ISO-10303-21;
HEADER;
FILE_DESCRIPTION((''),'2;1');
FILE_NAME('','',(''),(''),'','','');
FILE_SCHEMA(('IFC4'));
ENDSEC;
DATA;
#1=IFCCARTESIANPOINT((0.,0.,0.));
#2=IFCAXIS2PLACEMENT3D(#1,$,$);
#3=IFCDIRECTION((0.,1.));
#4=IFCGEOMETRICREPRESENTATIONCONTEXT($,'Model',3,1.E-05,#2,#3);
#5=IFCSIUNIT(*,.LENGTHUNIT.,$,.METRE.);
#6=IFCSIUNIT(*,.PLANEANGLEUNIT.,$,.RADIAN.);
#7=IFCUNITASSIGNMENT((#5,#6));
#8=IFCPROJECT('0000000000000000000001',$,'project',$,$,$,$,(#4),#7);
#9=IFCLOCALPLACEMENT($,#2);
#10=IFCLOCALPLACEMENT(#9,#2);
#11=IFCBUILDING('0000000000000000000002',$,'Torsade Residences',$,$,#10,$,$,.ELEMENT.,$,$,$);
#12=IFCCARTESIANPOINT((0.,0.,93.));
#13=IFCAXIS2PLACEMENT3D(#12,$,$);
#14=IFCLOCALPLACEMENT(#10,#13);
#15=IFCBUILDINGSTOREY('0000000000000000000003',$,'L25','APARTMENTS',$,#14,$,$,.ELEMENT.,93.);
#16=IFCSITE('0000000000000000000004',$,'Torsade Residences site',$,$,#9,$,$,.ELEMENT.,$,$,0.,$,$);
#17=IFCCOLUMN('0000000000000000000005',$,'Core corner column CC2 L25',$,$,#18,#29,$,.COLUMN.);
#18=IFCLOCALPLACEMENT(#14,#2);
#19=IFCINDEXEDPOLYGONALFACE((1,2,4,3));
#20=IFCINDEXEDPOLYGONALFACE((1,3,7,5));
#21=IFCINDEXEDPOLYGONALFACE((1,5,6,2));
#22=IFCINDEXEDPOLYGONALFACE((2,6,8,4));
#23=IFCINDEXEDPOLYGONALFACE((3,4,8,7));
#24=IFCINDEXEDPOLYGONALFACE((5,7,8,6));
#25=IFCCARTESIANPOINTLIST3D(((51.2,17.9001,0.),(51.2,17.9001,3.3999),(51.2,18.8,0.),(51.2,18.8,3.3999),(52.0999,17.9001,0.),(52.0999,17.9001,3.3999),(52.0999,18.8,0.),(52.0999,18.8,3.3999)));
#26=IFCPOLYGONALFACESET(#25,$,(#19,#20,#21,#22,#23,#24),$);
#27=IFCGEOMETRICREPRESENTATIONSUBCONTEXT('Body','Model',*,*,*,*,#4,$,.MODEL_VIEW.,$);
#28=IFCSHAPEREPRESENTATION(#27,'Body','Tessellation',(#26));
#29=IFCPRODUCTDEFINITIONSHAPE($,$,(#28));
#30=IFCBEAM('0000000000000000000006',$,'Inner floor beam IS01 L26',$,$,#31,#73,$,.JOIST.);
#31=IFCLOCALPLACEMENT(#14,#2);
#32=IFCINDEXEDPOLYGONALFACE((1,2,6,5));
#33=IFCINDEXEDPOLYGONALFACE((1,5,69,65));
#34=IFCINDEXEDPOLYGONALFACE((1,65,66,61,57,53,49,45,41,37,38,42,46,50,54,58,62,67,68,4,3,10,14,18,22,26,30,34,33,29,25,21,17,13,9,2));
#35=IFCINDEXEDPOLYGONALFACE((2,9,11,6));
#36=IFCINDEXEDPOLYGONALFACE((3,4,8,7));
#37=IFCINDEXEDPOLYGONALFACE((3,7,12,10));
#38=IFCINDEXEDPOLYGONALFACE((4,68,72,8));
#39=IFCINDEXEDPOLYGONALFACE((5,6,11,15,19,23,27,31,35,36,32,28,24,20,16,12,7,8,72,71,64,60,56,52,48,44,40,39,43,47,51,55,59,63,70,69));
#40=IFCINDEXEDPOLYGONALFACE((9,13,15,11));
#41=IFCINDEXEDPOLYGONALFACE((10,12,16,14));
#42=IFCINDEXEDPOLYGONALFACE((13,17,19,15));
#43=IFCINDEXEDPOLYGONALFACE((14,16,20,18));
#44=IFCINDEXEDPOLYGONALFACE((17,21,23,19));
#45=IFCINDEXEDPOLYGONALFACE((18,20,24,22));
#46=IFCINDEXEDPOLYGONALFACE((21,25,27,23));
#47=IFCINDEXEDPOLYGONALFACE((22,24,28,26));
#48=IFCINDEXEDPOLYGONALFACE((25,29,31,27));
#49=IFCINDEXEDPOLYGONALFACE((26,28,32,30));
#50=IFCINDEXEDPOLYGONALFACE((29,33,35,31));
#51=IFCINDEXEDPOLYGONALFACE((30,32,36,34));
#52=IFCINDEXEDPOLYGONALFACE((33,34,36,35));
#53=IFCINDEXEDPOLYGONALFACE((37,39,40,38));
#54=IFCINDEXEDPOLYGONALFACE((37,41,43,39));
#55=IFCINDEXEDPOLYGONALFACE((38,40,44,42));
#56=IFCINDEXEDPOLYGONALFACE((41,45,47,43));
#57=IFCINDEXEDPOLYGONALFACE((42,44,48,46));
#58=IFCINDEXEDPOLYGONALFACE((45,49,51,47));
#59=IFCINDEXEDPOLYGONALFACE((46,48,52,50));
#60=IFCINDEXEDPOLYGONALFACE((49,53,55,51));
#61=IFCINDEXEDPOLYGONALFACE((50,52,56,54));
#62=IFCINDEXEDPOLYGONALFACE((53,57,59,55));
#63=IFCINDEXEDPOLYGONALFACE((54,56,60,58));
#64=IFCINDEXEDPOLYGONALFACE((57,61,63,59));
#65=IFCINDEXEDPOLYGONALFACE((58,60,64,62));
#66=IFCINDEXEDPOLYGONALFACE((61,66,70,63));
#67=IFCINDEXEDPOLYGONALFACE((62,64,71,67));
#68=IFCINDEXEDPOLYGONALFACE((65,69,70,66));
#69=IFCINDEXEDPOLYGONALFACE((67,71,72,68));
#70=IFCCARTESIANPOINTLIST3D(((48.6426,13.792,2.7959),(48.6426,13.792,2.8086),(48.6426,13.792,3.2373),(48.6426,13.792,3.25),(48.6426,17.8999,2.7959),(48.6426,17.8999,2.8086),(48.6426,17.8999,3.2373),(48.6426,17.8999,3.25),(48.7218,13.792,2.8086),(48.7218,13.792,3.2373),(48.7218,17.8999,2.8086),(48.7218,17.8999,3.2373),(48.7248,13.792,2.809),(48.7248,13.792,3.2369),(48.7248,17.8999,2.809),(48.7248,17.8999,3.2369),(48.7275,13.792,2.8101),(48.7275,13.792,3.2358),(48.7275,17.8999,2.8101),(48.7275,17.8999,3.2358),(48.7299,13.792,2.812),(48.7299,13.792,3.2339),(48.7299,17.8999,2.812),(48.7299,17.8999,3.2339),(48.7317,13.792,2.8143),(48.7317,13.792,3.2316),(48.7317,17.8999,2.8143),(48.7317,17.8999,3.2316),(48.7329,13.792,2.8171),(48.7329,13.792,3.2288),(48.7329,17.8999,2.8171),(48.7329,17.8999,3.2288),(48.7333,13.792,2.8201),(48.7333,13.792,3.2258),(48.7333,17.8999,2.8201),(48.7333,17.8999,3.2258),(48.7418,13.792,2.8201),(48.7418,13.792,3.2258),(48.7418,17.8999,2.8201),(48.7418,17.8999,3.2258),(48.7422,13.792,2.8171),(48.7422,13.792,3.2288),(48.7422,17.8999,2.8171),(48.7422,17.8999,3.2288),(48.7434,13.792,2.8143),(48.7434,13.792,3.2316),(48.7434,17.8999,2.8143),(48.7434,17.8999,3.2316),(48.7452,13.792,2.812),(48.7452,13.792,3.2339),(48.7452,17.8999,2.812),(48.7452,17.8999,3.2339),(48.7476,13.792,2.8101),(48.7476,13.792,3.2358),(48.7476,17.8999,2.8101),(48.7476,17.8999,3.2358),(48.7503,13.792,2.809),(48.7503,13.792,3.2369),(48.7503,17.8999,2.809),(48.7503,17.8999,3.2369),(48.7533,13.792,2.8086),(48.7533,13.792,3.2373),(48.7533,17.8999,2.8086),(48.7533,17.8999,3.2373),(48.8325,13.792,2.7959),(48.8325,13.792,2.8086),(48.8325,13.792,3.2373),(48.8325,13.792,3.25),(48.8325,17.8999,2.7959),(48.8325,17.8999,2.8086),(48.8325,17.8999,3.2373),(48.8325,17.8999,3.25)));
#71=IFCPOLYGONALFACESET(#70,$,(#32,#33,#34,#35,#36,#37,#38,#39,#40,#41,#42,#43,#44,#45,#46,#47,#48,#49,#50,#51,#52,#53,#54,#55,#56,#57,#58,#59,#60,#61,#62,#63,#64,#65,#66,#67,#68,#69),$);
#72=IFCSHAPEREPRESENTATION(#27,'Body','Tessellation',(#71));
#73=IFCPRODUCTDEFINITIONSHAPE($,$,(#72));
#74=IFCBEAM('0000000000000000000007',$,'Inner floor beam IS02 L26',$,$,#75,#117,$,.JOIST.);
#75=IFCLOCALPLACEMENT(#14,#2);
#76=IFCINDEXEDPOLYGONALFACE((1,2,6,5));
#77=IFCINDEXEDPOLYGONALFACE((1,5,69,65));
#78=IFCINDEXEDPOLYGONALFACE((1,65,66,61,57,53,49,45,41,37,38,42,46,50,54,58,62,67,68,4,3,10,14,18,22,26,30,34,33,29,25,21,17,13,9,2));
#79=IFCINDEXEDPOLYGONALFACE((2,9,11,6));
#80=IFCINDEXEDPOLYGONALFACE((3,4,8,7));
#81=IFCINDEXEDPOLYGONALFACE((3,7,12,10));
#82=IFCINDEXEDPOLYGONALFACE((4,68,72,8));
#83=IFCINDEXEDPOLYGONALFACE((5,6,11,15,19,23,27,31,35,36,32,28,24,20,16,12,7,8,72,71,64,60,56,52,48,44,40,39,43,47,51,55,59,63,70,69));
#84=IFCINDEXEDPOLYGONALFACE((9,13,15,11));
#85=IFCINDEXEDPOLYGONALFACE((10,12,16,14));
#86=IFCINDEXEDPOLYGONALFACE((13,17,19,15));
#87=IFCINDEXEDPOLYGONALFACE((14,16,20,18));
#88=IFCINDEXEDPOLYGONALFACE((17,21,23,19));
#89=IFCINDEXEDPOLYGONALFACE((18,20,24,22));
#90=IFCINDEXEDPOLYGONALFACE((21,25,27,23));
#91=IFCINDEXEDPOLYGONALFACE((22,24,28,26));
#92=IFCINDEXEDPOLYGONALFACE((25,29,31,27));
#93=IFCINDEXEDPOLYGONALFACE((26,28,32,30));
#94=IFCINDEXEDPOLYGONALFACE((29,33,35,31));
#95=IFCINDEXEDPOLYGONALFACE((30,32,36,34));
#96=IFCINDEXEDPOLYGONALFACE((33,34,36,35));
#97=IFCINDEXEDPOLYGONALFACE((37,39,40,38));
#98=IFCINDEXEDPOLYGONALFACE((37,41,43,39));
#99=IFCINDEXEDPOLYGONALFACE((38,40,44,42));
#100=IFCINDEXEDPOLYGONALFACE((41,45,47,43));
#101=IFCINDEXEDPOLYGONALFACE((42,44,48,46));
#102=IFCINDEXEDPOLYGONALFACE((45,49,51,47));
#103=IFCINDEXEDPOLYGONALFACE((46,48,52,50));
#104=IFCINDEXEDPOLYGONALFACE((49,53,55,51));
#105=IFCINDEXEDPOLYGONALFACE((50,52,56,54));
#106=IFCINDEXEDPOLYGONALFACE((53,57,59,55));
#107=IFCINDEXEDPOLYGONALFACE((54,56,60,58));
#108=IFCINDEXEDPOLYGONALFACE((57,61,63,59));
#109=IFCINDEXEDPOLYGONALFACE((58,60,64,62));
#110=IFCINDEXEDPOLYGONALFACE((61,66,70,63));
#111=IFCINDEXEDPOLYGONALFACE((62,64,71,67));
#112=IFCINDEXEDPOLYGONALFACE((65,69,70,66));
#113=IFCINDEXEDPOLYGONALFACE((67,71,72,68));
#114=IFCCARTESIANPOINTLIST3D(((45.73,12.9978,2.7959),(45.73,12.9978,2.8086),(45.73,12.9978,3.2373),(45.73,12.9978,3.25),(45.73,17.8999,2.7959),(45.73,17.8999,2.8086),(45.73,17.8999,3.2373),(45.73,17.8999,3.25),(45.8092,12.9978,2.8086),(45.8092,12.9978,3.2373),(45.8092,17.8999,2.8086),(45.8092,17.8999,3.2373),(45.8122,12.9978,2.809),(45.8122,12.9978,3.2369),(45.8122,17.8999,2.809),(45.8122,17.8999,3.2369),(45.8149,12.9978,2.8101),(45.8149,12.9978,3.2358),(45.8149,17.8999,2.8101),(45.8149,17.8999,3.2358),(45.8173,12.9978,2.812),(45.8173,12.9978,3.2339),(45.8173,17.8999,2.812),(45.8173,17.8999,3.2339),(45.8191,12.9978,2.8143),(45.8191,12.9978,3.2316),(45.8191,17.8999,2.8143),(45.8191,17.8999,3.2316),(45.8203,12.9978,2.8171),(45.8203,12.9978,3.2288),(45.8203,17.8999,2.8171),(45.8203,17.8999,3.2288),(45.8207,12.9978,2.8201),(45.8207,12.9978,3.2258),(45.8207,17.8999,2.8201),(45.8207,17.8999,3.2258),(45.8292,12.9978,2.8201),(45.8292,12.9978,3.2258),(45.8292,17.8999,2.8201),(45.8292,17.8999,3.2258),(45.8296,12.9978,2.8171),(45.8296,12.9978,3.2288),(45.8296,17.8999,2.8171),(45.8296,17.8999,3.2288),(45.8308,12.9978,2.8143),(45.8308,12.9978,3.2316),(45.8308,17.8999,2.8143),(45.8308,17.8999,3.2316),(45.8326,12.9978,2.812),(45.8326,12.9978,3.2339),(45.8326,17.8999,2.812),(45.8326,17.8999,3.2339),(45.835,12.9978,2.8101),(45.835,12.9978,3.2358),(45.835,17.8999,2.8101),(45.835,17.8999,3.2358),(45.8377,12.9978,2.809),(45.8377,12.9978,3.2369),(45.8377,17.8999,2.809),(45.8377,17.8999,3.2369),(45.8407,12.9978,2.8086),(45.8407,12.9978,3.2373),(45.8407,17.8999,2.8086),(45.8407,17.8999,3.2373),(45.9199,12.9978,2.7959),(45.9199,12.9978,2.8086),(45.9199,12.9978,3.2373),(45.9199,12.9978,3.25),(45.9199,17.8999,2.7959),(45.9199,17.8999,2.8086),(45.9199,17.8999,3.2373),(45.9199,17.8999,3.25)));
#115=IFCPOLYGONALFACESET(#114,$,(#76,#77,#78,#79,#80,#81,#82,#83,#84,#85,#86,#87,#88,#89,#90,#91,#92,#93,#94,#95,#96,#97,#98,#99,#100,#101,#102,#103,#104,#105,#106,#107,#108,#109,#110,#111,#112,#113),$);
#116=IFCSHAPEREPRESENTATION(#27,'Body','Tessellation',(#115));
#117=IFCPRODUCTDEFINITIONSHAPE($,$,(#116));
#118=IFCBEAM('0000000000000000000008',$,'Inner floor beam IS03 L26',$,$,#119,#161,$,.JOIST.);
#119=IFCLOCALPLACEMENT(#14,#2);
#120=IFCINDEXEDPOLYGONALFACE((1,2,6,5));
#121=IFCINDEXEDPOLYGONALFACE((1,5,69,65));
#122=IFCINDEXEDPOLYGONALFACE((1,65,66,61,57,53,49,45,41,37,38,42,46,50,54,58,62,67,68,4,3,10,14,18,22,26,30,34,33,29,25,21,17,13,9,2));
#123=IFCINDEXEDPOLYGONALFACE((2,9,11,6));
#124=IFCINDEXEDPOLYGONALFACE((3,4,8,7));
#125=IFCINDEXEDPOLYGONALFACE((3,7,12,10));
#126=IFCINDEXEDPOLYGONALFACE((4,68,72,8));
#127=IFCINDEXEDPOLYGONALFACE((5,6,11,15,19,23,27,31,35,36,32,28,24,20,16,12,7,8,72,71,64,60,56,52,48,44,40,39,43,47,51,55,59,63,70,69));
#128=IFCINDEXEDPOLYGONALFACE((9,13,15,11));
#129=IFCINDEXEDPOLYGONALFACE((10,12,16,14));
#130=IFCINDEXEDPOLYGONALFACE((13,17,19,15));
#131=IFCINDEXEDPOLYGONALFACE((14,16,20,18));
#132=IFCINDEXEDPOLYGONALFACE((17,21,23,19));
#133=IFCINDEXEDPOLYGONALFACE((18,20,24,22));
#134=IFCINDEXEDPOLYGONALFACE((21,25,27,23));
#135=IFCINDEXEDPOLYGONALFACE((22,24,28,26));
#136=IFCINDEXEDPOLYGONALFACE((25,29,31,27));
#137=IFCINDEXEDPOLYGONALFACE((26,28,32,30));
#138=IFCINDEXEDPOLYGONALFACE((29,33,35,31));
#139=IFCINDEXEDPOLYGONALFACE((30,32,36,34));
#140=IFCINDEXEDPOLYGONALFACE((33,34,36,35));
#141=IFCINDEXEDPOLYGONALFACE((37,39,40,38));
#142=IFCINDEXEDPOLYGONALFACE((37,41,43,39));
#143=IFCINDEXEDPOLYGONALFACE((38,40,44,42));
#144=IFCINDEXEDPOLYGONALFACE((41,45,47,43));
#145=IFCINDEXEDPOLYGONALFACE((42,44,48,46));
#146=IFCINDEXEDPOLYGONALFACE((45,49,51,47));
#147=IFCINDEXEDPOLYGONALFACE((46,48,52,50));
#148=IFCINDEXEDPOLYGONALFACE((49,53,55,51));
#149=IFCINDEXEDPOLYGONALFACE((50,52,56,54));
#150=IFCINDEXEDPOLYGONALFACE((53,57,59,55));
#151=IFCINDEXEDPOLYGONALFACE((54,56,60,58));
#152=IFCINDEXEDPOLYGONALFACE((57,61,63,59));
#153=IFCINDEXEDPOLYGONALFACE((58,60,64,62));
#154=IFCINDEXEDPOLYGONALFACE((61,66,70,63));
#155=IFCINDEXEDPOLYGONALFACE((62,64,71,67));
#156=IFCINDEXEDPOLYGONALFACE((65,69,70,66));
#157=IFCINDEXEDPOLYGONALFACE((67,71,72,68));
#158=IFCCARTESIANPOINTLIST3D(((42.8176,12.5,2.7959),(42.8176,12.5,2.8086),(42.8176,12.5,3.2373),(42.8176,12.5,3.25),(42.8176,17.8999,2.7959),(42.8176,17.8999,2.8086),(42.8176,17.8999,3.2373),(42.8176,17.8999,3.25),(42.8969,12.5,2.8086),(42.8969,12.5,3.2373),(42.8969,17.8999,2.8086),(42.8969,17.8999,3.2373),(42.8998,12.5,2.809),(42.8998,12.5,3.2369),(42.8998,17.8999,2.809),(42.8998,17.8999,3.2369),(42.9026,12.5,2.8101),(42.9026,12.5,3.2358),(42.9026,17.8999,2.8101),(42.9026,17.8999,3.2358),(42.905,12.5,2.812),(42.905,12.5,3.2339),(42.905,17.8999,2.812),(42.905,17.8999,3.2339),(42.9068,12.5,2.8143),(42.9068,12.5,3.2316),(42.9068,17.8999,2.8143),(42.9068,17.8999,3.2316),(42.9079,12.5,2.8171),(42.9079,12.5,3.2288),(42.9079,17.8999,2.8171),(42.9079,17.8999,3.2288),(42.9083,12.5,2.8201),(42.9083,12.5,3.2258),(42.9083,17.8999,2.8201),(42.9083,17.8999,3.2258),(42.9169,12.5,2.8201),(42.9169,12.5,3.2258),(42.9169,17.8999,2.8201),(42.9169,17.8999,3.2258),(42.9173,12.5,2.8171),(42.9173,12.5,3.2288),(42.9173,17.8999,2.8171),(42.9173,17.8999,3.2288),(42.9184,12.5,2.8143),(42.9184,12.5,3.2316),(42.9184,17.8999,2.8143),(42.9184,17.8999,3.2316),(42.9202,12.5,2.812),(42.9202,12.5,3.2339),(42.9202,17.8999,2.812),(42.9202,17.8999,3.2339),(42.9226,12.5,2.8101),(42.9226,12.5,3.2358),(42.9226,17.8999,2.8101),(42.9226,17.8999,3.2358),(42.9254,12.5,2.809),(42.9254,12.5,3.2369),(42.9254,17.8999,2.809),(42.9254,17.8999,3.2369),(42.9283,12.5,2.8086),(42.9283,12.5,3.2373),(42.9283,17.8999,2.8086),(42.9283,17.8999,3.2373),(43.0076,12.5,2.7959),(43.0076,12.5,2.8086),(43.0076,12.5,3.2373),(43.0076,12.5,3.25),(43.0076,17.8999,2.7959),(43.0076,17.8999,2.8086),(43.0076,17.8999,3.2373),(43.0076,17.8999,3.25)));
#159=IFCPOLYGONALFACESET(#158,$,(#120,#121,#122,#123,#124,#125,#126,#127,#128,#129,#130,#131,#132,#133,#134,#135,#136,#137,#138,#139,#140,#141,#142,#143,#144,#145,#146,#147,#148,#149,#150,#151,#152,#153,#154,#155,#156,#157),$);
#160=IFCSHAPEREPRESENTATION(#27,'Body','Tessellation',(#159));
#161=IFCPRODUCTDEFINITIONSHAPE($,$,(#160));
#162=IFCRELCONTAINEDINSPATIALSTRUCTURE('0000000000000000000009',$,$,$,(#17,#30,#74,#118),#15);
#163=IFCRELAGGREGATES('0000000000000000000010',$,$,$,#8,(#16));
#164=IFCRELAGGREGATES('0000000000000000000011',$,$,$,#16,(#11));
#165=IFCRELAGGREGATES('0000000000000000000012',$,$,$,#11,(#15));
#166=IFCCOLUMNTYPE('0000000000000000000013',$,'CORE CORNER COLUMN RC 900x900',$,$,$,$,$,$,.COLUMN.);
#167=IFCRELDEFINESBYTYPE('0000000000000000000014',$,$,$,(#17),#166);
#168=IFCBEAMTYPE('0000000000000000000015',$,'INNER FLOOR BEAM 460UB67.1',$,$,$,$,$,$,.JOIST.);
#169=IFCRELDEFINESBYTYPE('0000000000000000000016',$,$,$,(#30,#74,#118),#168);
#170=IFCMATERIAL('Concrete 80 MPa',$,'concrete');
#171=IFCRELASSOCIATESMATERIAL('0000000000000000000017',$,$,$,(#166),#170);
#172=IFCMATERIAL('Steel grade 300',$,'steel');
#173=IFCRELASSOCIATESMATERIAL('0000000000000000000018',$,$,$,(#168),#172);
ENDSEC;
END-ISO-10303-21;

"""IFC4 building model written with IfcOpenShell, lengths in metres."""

from ifc_helpers import new_model, si_unit, direction, frame, origin, origin_2d, place, context, subcontext, project, spatial, rectangle, i_section, extrude, material, material_profile, profile_set, type_object, element, save


model = new_model("IFC4")

# Units and contexts
model_context = context("Model", 3, precision=1e-05, world=origin(), true_north=direction((0.0, 1.0)))
body_context = subcontext(model_context, "Body", "Model", "MODEL_VIEW")
ifc_project = project(units=[si_unit("LENGTHUNIT", "METRE"), si_unit("PLANEANGLEUNIT", "RADIAN")], contexts=[model_context])

# Site, building, storey
site_placement = place(None, origin())
site = spatial("IfcSite", under=ifc_project, at=site_placement, Name="Torsade Residences site", CompositionType="ELEMENT", RefElevation=0.0)
building_placement = place(site_placement, origin())
building = spatial("IfcBuilding", under=site, at=building_placement, Name="Torsade Residences", CompositionType="ELEMENT")
storey_placement = place(building_placement, frame((0.0, 0.0, 93.0)))
storey = spatial("IfcBuildingStorey", under=building, at=storey_placement, Name="L25", Description="APARTMENTS", CompositionType="ELEMENT", Elevation=93.0)

# Column
ifc_material_1 = material(Name="Concrete 80 MPa", Category="concrete")
ifc_material_profile_1 = material_profile(ifc_material_1, rectangle(XDim=0.8999, YDim=0.8999, at=origin_2d()), Name="RC 900x900")
ifc_profile_set_1 = profile_set([ifc_material_profile_1], Name="Concrete 80 MPa")
column_type = type_object("IfcColumnType", Name="CORE CORNER COLUMN RC 900x900", PredefinedType="COLUMN", material=ifc_profile_set_1)
column_placement = place(storey_placement, frame((51.6499, 18.3501, 0.0), z_axis=(0.0, 0.0, 1.0), x_axis=(1.0, 0.0, 0.0)))
element("IfcColumn", 1, at=column_placement, inside=storey, type_object=column_type, Name="Core corner column CC2 L25", PredefinedType="COLUMN", context=body_context, shape_type="SweptSolid", body=[
    extrude(rectangle(XDim=0.8999, YDim=0.8999, at=origin_2d()), origin(), (0.0, 0.0, 1.0), 3.3999),
])

# Beams
ifc_material_2 = material(Name="Steel grade 300", Category="steel")
ifc_material_profile_2 = material_profile(ifc_material_2, i_section(OverallWidth=0.1899, OverallDepth=0.4541, WebThickness=0.0085, FlangeThickness=0.0127, FilletRadius=0.0115, at=origin_2d()), Name="460UB67.1")
ifc_profile_set_2 = profile_set([ifc_material_profile_2], Name="Steel grade 300")
beam_type_1 = type_object("IfcBeamType", Name="INNER FLOOR BEAM 460UB67.1", PredefinedType="JOIST", material=ifc_profile_set_2)
beam_1_placement = place(storey_placement, frame((48.7375, 17.8999, 3.0229), z_axis=(0.0, -1.0, 0.0), x_axis=(1.0, 0.0, 0.0)))
element("IfcBeam", 2, at=beam_1_placement, inside=storey, type_object=beam_type_1, Name="Inner floor beam IS01 L26", PredefinedType="JOIST", context=body_context, shape_type="SweptSolid", body=[
    extrude(i_section(OverallWidth=0.1899, OverallDepth=0.4541, WebThickness=0.0085, FlangeThickness=0.0127, FilletRadius=0.0115, at=origin_2d()), origin(), (0.0, 0.0, 1.0), 4.1079),
])
beam_2_placement = place(storey_placement, frame((45.825, 17.8999, 3.0229), z_axis=(0.0, -1.0, 0.0), x_axis=(1.0, 0.0, 0.0)))
element("IfcBeam", 3, at=beam_2_placement, inside=storey, type_object=beam_type_1, Name="Inner floor beam IS02 L26", PredefinedType="JOIST", context=body_context, shape_type="SweptSolid", body=[
    extrude(i_section(OverallWidth=0.1899, OverallDepth=0.4541, WebThickness=0.0085, FlangeThickness=0.0127, FilletRadius=0.0115, at=origin_2d()), origin(), (0.0, 0.0, 1.0), 4.9021),
])
for number, where, z_axis, x_axis, name in (
    (4, (42.9126, 17.8999, 3.0229), (0.0, -1.0, 0.0), (1.0, 0.0, 0.0), "Inner floor beam IS03 L26"),
):
    element("IfcBeam", number, at=place(storey_placement, frame(where, z_axis=z_axis, x_axis=x_axis)), inside=storey, type_object=beam_type_1, Name=name, PredefinedType="JOIST", context=body_context, shape_type="SweptSolid", body=[
        extrude(i_section(OverallWidth=0.1899, OverallDepth=0.4541, WebThickness=0.0085, FlangeThickness=0.0127, FilletRadius=0.0115, at=origin_2d()), origin(), (0.0, 0.0, 1.0), 5.3999),
    ])

save(model, "model.ifc")
